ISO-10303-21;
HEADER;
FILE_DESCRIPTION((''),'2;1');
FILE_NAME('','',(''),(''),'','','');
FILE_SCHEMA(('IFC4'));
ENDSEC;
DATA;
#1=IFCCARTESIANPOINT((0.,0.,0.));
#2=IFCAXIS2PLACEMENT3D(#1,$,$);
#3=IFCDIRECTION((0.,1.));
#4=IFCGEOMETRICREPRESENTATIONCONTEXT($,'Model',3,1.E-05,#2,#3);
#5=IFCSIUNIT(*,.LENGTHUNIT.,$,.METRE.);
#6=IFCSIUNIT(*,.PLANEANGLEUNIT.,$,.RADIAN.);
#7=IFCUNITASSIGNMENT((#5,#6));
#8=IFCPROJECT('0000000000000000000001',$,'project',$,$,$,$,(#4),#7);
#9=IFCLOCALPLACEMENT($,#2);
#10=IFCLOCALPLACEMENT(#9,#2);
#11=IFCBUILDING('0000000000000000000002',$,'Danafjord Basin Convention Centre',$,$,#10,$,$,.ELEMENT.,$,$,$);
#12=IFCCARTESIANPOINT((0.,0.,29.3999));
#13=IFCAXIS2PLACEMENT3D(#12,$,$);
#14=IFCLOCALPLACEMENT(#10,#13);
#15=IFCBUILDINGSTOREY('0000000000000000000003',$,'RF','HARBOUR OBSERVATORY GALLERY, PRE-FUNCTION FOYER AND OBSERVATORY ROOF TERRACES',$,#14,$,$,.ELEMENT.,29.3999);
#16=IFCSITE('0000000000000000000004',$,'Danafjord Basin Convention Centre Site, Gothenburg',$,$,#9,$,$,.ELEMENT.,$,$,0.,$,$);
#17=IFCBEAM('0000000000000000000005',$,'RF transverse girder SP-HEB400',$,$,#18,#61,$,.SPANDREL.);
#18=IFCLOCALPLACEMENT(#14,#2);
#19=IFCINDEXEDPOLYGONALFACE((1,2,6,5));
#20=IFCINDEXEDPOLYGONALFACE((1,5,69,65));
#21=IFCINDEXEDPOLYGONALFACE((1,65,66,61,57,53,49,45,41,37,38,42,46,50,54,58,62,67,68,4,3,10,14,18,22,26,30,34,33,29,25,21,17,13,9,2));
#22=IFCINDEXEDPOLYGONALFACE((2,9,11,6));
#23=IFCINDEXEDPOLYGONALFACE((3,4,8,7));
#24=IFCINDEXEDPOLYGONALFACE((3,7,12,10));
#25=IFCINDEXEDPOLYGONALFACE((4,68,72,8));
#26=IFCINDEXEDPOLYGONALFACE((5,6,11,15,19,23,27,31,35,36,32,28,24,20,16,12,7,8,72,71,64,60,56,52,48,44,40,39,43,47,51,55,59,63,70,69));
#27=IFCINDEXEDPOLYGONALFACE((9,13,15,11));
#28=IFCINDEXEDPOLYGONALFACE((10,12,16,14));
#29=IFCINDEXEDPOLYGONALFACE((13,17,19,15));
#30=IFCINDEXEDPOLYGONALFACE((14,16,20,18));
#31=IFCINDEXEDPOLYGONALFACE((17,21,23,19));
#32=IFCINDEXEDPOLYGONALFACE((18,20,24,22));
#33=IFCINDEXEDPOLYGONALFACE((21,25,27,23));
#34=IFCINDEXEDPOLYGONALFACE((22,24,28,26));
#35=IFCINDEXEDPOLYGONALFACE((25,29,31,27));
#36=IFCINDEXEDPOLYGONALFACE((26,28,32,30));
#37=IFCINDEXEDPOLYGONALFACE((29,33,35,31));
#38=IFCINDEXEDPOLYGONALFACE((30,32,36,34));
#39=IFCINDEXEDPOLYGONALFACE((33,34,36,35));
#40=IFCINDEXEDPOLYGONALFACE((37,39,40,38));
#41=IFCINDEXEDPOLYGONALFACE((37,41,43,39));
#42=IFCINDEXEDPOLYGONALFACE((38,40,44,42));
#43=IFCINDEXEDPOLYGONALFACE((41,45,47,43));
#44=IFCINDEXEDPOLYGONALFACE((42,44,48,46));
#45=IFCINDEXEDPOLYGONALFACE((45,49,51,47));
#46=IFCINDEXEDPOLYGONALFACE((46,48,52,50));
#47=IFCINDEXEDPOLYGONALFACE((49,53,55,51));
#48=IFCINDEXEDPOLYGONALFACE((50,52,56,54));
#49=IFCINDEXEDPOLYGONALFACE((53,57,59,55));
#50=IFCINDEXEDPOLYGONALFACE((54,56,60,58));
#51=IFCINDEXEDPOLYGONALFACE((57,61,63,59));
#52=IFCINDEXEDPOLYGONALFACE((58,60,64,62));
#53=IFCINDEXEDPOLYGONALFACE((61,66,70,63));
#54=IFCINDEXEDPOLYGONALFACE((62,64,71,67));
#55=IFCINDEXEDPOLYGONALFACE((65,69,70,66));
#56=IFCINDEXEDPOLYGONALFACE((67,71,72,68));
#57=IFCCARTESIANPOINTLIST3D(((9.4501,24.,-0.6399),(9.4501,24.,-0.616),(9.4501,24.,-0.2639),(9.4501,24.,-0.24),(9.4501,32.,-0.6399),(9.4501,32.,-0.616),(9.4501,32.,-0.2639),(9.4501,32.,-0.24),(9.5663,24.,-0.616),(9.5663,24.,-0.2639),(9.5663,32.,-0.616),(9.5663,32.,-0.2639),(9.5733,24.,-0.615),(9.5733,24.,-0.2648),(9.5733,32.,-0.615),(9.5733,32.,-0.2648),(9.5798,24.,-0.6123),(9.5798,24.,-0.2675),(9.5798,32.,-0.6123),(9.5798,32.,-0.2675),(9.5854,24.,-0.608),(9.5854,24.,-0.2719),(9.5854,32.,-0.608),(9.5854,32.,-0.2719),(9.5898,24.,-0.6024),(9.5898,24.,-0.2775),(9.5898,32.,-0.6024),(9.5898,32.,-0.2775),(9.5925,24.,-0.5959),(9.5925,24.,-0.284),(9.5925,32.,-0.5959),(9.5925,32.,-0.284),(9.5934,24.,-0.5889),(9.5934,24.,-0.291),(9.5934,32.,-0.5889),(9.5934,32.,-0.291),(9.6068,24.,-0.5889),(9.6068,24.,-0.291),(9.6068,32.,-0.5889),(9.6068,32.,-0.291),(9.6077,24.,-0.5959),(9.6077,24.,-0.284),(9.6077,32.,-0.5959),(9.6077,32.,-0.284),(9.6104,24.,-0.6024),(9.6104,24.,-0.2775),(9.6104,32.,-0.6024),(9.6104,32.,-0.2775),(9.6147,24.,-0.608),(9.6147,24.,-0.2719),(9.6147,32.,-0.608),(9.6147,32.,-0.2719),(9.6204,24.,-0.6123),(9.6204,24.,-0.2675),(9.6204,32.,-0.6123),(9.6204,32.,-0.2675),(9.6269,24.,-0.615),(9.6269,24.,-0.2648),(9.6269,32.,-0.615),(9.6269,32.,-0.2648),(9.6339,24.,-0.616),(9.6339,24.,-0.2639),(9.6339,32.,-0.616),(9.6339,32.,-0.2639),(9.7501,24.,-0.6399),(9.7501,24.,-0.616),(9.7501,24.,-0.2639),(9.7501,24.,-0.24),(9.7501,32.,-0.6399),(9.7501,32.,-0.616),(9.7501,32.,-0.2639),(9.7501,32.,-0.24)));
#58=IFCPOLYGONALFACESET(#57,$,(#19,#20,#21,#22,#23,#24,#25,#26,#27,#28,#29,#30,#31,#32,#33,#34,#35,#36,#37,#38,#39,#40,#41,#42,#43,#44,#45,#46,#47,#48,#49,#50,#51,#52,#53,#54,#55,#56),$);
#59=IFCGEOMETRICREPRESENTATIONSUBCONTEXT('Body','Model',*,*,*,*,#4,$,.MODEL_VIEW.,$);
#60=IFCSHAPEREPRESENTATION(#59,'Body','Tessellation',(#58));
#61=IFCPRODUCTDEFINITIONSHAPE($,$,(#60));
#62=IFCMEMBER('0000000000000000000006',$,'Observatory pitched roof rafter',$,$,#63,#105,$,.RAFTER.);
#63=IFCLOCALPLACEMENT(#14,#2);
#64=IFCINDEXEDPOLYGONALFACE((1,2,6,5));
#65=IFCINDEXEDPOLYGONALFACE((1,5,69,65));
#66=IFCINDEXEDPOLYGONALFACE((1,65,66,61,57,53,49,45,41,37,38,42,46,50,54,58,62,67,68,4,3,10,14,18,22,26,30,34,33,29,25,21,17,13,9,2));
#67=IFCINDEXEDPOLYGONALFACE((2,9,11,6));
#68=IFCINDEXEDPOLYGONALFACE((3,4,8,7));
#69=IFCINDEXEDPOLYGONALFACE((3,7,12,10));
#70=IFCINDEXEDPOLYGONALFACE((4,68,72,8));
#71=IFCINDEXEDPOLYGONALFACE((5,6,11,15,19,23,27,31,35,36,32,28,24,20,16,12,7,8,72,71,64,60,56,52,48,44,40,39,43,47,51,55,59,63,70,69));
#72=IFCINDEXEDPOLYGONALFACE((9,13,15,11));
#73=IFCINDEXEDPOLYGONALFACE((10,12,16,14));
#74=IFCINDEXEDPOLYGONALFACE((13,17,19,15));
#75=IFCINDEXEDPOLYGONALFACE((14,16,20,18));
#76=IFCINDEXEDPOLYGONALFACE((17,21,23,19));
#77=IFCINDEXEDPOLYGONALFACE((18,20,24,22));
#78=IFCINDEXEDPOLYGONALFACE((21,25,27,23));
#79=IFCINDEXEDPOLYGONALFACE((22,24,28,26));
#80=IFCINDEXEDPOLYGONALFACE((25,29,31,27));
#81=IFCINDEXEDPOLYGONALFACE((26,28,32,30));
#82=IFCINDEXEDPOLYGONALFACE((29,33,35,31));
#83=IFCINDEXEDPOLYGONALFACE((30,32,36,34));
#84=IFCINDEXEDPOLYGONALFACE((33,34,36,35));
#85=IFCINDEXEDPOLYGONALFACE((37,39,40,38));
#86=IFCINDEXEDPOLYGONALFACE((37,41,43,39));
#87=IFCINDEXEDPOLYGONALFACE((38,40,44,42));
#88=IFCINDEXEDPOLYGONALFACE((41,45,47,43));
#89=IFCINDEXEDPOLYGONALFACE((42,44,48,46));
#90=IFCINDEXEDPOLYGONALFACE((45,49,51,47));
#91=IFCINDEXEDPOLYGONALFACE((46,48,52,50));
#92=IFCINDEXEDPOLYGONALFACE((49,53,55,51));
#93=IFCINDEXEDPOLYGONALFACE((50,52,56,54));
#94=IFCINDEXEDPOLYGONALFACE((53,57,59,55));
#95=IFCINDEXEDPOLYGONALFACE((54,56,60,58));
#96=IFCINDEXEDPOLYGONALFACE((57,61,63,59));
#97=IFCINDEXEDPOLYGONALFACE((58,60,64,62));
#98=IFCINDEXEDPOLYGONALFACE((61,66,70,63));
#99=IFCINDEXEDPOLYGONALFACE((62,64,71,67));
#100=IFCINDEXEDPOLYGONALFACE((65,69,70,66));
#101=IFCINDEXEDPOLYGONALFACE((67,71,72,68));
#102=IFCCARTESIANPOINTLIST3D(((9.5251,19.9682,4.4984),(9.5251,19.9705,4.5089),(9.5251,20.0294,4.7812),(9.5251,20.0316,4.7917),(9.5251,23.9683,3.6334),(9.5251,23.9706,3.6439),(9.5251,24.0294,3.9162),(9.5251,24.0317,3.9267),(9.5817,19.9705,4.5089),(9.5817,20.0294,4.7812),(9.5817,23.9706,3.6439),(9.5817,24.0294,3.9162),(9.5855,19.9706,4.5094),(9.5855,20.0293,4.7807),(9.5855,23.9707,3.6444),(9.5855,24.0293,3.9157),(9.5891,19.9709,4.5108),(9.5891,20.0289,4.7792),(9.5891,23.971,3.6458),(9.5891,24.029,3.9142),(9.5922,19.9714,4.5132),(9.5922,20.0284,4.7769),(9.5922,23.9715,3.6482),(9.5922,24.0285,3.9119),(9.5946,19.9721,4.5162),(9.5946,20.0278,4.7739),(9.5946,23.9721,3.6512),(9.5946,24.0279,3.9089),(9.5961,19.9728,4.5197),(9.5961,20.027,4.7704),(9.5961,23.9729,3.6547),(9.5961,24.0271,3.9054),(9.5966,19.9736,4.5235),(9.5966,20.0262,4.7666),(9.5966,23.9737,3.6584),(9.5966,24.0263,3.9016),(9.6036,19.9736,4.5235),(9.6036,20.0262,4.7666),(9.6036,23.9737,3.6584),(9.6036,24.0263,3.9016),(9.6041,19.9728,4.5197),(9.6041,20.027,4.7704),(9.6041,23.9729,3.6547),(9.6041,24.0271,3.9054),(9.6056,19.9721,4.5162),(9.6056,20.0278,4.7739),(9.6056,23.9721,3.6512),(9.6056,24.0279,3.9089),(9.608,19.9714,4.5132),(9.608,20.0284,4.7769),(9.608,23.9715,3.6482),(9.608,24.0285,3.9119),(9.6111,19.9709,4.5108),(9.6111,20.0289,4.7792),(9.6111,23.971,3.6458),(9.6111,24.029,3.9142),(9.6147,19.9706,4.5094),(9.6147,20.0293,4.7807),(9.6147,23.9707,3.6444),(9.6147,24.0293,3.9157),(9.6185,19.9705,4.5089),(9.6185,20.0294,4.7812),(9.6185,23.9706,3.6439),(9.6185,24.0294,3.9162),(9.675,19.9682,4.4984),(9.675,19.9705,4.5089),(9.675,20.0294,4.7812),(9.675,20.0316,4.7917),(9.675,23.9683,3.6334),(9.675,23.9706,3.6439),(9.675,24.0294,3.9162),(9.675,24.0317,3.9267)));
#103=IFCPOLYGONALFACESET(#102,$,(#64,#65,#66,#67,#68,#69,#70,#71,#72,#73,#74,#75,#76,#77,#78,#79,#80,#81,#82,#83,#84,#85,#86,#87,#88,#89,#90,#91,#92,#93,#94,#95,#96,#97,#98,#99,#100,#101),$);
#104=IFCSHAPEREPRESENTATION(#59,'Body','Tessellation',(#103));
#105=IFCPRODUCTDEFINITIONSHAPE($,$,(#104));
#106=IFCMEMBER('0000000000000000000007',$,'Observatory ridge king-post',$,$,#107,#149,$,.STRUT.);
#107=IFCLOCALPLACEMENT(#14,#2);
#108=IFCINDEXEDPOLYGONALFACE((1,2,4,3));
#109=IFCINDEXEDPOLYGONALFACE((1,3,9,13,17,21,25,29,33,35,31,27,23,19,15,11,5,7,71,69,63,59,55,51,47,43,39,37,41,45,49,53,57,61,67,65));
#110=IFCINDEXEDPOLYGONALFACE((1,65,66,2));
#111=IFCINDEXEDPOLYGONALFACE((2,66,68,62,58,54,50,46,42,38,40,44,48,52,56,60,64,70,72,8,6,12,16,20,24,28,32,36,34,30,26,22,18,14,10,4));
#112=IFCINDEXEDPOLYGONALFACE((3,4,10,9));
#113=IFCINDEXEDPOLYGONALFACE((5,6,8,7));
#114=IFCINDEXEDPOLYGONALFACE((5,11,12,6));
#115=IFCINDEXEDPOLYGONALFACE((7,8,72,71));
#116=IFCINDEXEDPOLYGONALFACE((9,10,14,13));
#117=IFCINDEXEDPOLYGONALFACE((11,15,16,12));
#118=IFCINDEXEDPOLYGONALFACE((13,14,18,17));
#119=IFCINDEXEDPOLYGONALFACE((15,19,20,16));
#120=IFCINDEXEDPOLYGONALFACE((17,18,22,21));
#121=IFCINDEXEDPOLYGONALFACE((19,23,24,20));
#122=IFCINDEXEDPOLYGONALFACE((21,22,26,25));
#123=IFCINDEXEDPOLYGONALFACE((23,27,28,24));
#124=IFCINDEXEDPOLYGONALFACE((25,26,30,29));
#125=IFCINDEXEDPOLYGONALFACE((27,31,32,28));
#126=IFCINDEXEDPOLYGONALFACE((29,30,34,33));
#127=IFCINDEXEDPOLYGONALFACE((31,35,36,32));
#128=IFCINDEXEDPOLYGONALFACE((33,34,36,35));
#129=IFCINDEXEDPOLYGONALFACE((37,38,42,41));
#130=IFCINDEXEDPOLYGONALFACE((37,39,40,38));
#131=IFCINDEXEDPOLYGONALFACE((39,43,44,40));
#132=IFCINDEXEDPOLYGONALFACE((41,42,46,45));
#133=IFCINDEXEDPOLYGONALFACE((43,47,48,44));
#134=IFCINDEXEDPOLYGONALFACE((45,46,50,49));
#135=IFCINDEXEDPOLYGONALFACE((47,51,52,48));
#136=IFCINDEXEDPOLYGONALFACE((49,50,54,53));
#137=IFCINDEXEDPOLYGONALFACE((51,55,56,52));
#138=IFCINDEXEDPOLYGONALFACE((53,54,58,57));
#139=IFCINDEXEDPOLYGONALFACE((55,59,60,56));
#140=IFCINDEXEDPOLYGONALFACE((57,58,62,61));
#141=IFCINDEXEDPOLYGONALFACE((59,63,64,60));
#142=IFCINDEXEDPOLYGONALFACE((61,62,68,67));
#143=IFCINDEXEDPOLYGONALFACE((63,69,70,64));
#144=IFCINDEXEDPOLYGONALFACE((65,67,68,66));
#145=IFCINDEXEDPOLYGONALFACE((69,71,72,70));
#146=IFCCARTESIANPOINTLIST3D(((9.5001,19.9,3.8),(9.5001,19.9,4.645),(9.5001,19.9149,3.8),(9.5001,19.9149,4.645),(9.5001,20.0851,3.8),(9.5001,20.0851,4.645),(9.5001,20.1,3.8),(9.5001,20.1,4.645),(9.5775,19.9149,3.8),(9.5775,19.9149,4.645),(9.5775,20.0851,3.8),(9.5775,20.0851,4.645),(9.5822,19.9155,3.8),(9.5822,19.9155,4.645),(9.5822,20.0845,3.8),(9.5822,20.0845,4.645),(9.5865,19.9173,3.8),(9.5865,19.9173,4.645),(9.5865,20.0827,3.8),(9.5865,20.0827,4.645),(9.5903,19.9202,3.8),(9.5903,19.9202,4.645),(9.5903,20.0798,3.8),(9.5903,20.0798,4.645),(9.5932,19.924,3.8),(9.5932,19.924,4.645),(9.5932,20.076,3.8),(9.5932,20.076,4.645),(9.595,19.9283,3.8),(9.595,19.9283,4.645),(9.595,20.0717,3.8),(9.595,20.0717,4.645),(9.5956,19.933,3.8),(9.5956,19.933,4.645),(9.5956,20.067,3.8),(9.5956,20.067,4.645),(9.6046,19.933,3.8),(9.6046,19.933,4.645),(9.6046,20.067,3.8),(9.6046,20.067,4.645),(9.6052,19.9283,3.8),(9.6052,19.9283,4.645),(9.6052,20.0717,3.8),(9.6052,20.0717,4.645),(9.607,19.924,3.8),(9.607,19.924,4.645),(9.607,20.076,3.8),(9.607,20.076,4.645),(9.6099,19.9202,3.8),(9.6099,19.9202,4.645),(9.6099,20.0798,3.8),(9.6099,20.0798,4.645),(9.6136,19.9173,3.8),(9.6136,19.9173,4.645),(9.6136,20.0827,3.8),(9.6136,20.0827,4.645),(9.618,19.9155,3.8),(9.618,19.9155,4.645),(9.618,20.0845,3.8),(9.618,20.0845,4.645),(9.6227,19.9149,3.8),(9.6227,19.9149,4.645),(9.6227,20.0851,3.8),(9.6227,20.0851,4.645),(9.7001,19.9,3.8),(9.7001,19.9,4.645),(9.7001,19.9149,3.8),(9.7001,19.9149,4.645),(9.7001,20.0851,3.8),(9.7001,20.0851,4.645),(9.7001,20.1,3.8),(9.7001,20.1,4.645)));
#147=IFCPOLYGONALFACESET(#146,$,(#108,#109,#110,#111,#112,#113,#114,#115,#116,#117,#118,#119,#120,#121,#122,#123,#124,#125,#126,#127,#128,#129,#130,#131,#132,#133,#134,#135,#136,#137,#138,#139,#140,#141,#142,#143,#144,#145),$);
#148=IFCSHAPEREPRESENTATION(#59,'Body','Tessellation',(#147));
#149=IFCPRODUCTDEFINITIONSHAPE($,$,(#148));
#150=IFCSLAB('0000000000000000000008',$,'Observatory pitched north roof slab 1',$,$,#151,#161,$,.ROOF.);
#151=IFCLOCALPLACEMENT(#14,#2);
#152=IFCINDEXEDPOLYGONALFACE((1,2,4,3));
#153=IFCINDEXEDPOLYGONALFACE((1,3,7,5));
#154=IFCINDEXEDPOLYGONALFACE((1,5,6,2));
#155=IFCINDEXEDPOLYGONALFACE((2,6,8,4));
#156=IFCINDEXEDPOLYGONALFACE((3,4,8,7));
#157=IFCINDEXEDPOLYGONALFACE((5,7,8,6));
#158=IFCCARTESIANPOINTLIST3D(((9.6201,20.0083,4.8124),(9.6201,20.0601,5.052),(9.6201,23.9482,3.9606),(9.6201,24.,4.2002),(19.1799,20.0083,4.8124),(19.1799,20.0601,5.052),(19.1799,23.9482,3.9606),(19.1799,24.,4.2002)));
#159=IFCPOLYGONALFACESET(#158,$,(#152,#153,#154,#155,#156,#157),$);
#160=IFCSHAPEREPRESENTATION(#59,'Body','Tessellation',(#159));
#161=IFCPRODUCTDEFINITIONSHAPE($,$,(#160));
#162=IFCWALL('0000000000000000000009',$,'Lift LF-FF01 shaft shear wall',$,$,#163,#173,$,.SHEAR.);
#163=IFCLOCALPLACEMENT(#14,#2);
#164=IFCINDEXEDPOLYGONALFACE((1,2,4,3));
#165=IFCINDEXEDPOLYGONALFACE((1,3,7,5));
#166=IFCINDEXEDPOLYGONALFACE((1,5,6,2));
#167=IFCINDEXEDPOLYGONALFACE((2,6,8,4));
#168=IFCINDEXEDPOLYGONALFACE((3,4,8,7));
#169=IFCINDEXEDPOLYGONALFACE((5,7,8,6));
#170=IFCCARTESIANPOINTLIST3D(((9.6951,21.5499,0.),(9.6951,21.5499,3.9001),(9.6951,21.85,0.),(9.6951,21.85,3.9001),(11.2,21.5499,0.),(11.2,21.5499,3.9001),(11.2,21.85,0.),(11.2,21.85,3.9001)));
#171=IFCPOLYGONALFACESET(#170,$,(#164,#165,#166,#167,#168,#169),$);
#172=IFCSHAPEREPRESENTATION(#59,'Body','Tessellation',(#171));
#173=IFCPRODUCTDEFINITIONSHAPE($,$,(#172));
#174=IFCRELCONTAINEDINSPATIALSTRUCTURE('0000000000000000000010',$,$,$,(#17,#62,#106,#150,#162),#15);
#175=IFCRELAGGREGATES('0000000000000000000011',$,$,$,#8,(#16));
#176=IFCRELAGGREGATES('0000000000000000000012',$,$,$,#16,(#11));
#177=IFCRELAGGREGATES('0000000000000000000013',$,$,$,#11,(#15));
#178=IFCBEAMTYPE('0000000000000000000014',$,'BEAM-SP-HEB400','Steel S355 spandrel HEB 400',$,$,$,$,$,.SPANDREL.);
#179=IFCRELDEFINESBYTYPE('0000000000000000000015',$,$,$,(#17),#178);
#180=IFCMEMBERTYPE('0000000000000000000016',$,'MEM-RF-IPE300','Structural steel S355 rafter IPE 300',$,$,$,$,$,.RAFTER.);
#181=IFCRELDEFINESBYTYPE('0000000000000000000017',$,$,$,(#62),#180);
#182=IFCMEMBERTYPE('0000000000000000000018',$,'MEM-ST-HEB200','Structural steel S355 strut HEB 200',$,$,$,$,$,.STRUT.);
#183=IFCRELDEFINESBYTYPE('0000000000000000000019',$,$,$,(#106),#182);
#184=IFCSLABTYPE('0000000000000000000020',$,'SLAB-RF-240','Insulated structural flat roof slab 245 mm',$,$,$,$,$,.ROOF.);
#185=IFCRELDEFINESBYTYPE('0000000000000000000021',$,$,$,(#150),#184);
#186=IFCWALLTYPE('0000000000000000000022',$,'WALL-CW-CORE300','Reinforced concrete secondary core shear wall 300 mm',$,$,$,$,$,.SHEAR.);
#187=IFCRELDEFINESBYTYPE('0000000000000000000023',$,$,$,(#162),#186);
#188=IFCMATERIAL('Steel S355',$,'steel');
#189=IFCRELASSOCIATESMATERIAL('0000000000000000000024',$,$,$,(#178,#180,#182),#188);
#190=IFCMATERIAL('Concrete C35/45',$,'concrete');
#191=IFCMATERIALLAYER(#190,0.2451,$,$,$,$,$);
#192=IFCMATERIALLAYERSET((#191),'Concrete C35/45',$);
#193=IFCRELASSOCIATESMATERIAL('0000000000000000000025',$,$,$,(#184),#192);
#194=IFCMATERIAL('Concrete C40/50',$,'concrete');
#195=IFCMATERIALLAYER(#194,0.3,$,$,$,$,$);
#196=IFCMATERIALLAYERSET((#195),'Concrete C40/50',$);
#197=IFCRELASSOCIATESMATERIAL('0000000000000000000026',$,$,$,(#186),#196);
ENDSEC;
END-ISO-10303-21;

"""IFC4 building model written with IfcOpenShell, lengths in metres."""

from ifc_helpers import new_model, si_unit, direction, frame, frame_2d, origin, origin_2d, place, context, subcontext, project, spatial, polyline, rectangle, i_section, outline, extrude, material, layer, layer_set, material_profile, profile_set, type_object, element, save


model = new_model("IFC4")

# Units and contexts
model_context = context("Model", 3, precision=1e-05, world=origin(), true_north=direction((0.0, 1.0)))
body_context = subcontext(model_context, "Body", "Model", "MODEL_VIEW")
ifc_project = project(units=[si_unit("LENGTHUNIT", "METRE"), si_unit("PLANEANGLEUNIT", "RADIAN")], contexts=[model_context])

# Site, building, storey
site_placement = place(None, origin())
site = spatial("IfcSite", under=ifc_project, at=site_placement, Name="Danafjord Basin Convention Centre Site, Gothenburg", CompositionType="ELEMENT", RefElevation=0.0)
building_placement = place(site_placement, origin())
building = spatial("IfcBuilding", under=site, at=building_placement, Name="Danafjord Basin Convention Centre", CompositionType="ELEMENT")
storey_placement = place(building_placement, frame((0.0, 0.0, 29.3999)))
storey = spatial("IfcBuildingStorey", under=building, at=storey_placement, Name="RF", Description="HARBOUR OBSERVATORY GALLERY, PRE-FUNCTION FOYER AND OBSERVATORY ROOF TERRACES", CompositionType="ELEMENT", Elevation=29.3999)

# Shared definitions
ifc_material_1 = material(Name="Steel S355", Category="steel")

# Beam
ifc_material_profile_1 = material_profile(ifc_material_1, i_section(OverallWidth=0.3, OverallDepth=0.3999, WebThickness=0.0134, FlangeThickness=0.0239, FilletRadius=0.0271, at=origin_2d()), Name="HEB 400")
ifc_profile_set_1 = profile_set([ifc_material_profile_1], Name="Steel S355")
beam_type_1 = type_object("IfcBeamType", Name="BEAM-SP-HEB400", Description="Steel S355 spandrel HEB 400", PredefinedType="SPANDREL", material=ifc_profile_set_1)
beam_placement = place(storey_placement, frame((9.6001, 24.0, -0.4399), z_axis=(0.0, 1.0, 0.0), x_axis=(-1.0, 0.0, 0.0)))
element("IfcBeam", 1, at=beam_placement, inside=storey, type_object=beam_type_1, Name="RF transverse girder SP-HEB400", PredefinedType="SPANDREL", context=body_context, shape_type="SweptSolid", body=[
    extrude(i_section(OverallWidth=0.3, OverallDepth=0.3999, WebThickness=0.0134, FlangeThickness=0.0239, FilletRadius=0.0271, at=origin_2d()), origin(), (0.0, 0.0, 1.0), 8.0),
])

# Members
ifc_material_profile_2 = material_profile(ifc_material_1, i_section(OverallWidth=0.1499, OverallDepth=0.3, WebThickness=0.0071, FlangeThickness=0.0107, FilletRadius=0.0149, at=origin_2d()), Name="IPE 300")
ifc_profile_set_2 = profile_set([ifc_material_profile_2], Name="Steel S355")
member_type_1 = type_object("IfcMemberType", Name="MEM-RF-IPE300", Description="Structural steel S355 rafter IPE 300", PredefinedType="RAFTER", material=ifc_profile_set_2)
member_1_placement = place(storey_placement, frame((9.6001, 24.0, 3.78), z_axis=(0.0, -0.977408, 0.211362), x_axis=(1.0, 0.0, 0.0)))
element("IfcMember", 2, at=member_1_placement, inside=storey, type_object=member_type_1, Name="Observatory pitched roof rafter", PredefinedType="RAFTER", context=body_context, shape_type="SweptSolid", body=[
    extrude(i_section(OverallWidth=0.1499, OverallDepth=0.3, WebThickness=0.0071, FlangeThickness=0.0107, FilletRadius=0.0149, at=origin_2d()), origin(), (0.0, 0.0, 1.0), 4.0925),
])
ifc_material_profile_3 = material_profile(ifc_material_1, i_section(OverallWidth=0.2, OverallDepth=0.2, WebThickness=0.009, FlangeThickness=0.0149, FilletRadius=0.0181, at=origin_2d()), Name="HEB 200")
ifc_profile_set_3 = profile_set([ifc_material_profile_3], Name="Steel S355")
member_type_2 = type_object("IfcMemberType", Name="MEM-ST-HEB200", Description="Structural steel S355 strut HEB 200", PredefinedType="STRUT", material=ifc_profile_set_3)
member_2_placement = place(storey_placement, frame((9.6001, 20.0, 3.8), z_axis=(0.0, 0.0, 1.0), x_axis=(1.0, 0.0, 0.0)))
element("IfcMember", 3, at=member_2_placement, inside=storey, type_object=member_type_2, Name="Observatory ridge king-post", PredefinedType="STRUT", context=body_context, shape_type="SweptSolid", body=[
    extrude(i_section(OverallWidth=0.2, OverallDepth=0.2, WebThickness=0.009, FlangeThickness=0.0149, FilletRadius=0.0181, at=origin_2d()), origin(), (0.0, 0.0, 1.0), 0.845),
])

# Slab
ifc_material_2 = material(Name="Concrete C35/45", Category="concrete")
ifc_layer_1 = layer(ifc_material_2, 0.2451)
ifc_layer_set_1 = layer_set([ifc_layer_1], Name="Concrete C35/45")
slab_type = type_object("IfcSlabType", Name="SLAB-RF-240", Description="Insulated structural flat roof slab 245 mm", PredefinedType="ROOF", material=ifc_layer_set_1)
slab_placement = place(storey_placement, frame((9.6201, 20.0601, 5.052), z_axis=(0.0, 0.211316, 0.977418), x_axis=(1.0, 0.0, 0.0)))
element("IfcSlab", 4, at=slab_placement, inside=storey, type_object=slab_type, Name="Observatory pitched north roof slab 1", PredefinedType="ROOF", context=body_context, shape_type="SweptSolid", body=[
    extrude(outline(polyline([(0.0, 0.0), (9.5598, 0.0), (9.5598, 4.031), (0.0, 4.031), (0.0, 0.0)])), origin(), (0.0, 0.0, -1.0), 0.2451),
])

# Wall
ifc_material_3 = material(Name="Concrete C40/50", Category="concrete")
ifc_layer_2 = layer(ifc_material_3, 0.3)
ifc_layer_set_2 = layer_set([ifc_layer_2], Name="Concrete C40/50")
wall_type_1 = type_object("IfcWallType", Name="WALL-CW-CORE300", Description="Reinforced concrete secondary core shear wall 300 mm", PredefinedType="SHEAR", material=ifc_layer_set_2)
wall_1_placement = place(storey_placement, frame((9.6951, 21.7, 0.0), z_axis=(0.0, 0.0, 1.0), x_axis=(1.0, 0.0, 0.0)))
element("IfcWall", 5, at=wall_1_placement, inside=storey, type_object=wall_type_1, Name="Lift LF-FF01 shaft shear wall", PredefinedType="SHEAR", context=body_context, shape_type="SweptSolid", body=[
    extrude(rectangle(XDim=1.5049, YDim=0.3, at=frame_2d((0.7524, 0.0))), origin(), (0.0, 0.0, 1.0), 3.9001),
])

save(model, "model.ifc")
